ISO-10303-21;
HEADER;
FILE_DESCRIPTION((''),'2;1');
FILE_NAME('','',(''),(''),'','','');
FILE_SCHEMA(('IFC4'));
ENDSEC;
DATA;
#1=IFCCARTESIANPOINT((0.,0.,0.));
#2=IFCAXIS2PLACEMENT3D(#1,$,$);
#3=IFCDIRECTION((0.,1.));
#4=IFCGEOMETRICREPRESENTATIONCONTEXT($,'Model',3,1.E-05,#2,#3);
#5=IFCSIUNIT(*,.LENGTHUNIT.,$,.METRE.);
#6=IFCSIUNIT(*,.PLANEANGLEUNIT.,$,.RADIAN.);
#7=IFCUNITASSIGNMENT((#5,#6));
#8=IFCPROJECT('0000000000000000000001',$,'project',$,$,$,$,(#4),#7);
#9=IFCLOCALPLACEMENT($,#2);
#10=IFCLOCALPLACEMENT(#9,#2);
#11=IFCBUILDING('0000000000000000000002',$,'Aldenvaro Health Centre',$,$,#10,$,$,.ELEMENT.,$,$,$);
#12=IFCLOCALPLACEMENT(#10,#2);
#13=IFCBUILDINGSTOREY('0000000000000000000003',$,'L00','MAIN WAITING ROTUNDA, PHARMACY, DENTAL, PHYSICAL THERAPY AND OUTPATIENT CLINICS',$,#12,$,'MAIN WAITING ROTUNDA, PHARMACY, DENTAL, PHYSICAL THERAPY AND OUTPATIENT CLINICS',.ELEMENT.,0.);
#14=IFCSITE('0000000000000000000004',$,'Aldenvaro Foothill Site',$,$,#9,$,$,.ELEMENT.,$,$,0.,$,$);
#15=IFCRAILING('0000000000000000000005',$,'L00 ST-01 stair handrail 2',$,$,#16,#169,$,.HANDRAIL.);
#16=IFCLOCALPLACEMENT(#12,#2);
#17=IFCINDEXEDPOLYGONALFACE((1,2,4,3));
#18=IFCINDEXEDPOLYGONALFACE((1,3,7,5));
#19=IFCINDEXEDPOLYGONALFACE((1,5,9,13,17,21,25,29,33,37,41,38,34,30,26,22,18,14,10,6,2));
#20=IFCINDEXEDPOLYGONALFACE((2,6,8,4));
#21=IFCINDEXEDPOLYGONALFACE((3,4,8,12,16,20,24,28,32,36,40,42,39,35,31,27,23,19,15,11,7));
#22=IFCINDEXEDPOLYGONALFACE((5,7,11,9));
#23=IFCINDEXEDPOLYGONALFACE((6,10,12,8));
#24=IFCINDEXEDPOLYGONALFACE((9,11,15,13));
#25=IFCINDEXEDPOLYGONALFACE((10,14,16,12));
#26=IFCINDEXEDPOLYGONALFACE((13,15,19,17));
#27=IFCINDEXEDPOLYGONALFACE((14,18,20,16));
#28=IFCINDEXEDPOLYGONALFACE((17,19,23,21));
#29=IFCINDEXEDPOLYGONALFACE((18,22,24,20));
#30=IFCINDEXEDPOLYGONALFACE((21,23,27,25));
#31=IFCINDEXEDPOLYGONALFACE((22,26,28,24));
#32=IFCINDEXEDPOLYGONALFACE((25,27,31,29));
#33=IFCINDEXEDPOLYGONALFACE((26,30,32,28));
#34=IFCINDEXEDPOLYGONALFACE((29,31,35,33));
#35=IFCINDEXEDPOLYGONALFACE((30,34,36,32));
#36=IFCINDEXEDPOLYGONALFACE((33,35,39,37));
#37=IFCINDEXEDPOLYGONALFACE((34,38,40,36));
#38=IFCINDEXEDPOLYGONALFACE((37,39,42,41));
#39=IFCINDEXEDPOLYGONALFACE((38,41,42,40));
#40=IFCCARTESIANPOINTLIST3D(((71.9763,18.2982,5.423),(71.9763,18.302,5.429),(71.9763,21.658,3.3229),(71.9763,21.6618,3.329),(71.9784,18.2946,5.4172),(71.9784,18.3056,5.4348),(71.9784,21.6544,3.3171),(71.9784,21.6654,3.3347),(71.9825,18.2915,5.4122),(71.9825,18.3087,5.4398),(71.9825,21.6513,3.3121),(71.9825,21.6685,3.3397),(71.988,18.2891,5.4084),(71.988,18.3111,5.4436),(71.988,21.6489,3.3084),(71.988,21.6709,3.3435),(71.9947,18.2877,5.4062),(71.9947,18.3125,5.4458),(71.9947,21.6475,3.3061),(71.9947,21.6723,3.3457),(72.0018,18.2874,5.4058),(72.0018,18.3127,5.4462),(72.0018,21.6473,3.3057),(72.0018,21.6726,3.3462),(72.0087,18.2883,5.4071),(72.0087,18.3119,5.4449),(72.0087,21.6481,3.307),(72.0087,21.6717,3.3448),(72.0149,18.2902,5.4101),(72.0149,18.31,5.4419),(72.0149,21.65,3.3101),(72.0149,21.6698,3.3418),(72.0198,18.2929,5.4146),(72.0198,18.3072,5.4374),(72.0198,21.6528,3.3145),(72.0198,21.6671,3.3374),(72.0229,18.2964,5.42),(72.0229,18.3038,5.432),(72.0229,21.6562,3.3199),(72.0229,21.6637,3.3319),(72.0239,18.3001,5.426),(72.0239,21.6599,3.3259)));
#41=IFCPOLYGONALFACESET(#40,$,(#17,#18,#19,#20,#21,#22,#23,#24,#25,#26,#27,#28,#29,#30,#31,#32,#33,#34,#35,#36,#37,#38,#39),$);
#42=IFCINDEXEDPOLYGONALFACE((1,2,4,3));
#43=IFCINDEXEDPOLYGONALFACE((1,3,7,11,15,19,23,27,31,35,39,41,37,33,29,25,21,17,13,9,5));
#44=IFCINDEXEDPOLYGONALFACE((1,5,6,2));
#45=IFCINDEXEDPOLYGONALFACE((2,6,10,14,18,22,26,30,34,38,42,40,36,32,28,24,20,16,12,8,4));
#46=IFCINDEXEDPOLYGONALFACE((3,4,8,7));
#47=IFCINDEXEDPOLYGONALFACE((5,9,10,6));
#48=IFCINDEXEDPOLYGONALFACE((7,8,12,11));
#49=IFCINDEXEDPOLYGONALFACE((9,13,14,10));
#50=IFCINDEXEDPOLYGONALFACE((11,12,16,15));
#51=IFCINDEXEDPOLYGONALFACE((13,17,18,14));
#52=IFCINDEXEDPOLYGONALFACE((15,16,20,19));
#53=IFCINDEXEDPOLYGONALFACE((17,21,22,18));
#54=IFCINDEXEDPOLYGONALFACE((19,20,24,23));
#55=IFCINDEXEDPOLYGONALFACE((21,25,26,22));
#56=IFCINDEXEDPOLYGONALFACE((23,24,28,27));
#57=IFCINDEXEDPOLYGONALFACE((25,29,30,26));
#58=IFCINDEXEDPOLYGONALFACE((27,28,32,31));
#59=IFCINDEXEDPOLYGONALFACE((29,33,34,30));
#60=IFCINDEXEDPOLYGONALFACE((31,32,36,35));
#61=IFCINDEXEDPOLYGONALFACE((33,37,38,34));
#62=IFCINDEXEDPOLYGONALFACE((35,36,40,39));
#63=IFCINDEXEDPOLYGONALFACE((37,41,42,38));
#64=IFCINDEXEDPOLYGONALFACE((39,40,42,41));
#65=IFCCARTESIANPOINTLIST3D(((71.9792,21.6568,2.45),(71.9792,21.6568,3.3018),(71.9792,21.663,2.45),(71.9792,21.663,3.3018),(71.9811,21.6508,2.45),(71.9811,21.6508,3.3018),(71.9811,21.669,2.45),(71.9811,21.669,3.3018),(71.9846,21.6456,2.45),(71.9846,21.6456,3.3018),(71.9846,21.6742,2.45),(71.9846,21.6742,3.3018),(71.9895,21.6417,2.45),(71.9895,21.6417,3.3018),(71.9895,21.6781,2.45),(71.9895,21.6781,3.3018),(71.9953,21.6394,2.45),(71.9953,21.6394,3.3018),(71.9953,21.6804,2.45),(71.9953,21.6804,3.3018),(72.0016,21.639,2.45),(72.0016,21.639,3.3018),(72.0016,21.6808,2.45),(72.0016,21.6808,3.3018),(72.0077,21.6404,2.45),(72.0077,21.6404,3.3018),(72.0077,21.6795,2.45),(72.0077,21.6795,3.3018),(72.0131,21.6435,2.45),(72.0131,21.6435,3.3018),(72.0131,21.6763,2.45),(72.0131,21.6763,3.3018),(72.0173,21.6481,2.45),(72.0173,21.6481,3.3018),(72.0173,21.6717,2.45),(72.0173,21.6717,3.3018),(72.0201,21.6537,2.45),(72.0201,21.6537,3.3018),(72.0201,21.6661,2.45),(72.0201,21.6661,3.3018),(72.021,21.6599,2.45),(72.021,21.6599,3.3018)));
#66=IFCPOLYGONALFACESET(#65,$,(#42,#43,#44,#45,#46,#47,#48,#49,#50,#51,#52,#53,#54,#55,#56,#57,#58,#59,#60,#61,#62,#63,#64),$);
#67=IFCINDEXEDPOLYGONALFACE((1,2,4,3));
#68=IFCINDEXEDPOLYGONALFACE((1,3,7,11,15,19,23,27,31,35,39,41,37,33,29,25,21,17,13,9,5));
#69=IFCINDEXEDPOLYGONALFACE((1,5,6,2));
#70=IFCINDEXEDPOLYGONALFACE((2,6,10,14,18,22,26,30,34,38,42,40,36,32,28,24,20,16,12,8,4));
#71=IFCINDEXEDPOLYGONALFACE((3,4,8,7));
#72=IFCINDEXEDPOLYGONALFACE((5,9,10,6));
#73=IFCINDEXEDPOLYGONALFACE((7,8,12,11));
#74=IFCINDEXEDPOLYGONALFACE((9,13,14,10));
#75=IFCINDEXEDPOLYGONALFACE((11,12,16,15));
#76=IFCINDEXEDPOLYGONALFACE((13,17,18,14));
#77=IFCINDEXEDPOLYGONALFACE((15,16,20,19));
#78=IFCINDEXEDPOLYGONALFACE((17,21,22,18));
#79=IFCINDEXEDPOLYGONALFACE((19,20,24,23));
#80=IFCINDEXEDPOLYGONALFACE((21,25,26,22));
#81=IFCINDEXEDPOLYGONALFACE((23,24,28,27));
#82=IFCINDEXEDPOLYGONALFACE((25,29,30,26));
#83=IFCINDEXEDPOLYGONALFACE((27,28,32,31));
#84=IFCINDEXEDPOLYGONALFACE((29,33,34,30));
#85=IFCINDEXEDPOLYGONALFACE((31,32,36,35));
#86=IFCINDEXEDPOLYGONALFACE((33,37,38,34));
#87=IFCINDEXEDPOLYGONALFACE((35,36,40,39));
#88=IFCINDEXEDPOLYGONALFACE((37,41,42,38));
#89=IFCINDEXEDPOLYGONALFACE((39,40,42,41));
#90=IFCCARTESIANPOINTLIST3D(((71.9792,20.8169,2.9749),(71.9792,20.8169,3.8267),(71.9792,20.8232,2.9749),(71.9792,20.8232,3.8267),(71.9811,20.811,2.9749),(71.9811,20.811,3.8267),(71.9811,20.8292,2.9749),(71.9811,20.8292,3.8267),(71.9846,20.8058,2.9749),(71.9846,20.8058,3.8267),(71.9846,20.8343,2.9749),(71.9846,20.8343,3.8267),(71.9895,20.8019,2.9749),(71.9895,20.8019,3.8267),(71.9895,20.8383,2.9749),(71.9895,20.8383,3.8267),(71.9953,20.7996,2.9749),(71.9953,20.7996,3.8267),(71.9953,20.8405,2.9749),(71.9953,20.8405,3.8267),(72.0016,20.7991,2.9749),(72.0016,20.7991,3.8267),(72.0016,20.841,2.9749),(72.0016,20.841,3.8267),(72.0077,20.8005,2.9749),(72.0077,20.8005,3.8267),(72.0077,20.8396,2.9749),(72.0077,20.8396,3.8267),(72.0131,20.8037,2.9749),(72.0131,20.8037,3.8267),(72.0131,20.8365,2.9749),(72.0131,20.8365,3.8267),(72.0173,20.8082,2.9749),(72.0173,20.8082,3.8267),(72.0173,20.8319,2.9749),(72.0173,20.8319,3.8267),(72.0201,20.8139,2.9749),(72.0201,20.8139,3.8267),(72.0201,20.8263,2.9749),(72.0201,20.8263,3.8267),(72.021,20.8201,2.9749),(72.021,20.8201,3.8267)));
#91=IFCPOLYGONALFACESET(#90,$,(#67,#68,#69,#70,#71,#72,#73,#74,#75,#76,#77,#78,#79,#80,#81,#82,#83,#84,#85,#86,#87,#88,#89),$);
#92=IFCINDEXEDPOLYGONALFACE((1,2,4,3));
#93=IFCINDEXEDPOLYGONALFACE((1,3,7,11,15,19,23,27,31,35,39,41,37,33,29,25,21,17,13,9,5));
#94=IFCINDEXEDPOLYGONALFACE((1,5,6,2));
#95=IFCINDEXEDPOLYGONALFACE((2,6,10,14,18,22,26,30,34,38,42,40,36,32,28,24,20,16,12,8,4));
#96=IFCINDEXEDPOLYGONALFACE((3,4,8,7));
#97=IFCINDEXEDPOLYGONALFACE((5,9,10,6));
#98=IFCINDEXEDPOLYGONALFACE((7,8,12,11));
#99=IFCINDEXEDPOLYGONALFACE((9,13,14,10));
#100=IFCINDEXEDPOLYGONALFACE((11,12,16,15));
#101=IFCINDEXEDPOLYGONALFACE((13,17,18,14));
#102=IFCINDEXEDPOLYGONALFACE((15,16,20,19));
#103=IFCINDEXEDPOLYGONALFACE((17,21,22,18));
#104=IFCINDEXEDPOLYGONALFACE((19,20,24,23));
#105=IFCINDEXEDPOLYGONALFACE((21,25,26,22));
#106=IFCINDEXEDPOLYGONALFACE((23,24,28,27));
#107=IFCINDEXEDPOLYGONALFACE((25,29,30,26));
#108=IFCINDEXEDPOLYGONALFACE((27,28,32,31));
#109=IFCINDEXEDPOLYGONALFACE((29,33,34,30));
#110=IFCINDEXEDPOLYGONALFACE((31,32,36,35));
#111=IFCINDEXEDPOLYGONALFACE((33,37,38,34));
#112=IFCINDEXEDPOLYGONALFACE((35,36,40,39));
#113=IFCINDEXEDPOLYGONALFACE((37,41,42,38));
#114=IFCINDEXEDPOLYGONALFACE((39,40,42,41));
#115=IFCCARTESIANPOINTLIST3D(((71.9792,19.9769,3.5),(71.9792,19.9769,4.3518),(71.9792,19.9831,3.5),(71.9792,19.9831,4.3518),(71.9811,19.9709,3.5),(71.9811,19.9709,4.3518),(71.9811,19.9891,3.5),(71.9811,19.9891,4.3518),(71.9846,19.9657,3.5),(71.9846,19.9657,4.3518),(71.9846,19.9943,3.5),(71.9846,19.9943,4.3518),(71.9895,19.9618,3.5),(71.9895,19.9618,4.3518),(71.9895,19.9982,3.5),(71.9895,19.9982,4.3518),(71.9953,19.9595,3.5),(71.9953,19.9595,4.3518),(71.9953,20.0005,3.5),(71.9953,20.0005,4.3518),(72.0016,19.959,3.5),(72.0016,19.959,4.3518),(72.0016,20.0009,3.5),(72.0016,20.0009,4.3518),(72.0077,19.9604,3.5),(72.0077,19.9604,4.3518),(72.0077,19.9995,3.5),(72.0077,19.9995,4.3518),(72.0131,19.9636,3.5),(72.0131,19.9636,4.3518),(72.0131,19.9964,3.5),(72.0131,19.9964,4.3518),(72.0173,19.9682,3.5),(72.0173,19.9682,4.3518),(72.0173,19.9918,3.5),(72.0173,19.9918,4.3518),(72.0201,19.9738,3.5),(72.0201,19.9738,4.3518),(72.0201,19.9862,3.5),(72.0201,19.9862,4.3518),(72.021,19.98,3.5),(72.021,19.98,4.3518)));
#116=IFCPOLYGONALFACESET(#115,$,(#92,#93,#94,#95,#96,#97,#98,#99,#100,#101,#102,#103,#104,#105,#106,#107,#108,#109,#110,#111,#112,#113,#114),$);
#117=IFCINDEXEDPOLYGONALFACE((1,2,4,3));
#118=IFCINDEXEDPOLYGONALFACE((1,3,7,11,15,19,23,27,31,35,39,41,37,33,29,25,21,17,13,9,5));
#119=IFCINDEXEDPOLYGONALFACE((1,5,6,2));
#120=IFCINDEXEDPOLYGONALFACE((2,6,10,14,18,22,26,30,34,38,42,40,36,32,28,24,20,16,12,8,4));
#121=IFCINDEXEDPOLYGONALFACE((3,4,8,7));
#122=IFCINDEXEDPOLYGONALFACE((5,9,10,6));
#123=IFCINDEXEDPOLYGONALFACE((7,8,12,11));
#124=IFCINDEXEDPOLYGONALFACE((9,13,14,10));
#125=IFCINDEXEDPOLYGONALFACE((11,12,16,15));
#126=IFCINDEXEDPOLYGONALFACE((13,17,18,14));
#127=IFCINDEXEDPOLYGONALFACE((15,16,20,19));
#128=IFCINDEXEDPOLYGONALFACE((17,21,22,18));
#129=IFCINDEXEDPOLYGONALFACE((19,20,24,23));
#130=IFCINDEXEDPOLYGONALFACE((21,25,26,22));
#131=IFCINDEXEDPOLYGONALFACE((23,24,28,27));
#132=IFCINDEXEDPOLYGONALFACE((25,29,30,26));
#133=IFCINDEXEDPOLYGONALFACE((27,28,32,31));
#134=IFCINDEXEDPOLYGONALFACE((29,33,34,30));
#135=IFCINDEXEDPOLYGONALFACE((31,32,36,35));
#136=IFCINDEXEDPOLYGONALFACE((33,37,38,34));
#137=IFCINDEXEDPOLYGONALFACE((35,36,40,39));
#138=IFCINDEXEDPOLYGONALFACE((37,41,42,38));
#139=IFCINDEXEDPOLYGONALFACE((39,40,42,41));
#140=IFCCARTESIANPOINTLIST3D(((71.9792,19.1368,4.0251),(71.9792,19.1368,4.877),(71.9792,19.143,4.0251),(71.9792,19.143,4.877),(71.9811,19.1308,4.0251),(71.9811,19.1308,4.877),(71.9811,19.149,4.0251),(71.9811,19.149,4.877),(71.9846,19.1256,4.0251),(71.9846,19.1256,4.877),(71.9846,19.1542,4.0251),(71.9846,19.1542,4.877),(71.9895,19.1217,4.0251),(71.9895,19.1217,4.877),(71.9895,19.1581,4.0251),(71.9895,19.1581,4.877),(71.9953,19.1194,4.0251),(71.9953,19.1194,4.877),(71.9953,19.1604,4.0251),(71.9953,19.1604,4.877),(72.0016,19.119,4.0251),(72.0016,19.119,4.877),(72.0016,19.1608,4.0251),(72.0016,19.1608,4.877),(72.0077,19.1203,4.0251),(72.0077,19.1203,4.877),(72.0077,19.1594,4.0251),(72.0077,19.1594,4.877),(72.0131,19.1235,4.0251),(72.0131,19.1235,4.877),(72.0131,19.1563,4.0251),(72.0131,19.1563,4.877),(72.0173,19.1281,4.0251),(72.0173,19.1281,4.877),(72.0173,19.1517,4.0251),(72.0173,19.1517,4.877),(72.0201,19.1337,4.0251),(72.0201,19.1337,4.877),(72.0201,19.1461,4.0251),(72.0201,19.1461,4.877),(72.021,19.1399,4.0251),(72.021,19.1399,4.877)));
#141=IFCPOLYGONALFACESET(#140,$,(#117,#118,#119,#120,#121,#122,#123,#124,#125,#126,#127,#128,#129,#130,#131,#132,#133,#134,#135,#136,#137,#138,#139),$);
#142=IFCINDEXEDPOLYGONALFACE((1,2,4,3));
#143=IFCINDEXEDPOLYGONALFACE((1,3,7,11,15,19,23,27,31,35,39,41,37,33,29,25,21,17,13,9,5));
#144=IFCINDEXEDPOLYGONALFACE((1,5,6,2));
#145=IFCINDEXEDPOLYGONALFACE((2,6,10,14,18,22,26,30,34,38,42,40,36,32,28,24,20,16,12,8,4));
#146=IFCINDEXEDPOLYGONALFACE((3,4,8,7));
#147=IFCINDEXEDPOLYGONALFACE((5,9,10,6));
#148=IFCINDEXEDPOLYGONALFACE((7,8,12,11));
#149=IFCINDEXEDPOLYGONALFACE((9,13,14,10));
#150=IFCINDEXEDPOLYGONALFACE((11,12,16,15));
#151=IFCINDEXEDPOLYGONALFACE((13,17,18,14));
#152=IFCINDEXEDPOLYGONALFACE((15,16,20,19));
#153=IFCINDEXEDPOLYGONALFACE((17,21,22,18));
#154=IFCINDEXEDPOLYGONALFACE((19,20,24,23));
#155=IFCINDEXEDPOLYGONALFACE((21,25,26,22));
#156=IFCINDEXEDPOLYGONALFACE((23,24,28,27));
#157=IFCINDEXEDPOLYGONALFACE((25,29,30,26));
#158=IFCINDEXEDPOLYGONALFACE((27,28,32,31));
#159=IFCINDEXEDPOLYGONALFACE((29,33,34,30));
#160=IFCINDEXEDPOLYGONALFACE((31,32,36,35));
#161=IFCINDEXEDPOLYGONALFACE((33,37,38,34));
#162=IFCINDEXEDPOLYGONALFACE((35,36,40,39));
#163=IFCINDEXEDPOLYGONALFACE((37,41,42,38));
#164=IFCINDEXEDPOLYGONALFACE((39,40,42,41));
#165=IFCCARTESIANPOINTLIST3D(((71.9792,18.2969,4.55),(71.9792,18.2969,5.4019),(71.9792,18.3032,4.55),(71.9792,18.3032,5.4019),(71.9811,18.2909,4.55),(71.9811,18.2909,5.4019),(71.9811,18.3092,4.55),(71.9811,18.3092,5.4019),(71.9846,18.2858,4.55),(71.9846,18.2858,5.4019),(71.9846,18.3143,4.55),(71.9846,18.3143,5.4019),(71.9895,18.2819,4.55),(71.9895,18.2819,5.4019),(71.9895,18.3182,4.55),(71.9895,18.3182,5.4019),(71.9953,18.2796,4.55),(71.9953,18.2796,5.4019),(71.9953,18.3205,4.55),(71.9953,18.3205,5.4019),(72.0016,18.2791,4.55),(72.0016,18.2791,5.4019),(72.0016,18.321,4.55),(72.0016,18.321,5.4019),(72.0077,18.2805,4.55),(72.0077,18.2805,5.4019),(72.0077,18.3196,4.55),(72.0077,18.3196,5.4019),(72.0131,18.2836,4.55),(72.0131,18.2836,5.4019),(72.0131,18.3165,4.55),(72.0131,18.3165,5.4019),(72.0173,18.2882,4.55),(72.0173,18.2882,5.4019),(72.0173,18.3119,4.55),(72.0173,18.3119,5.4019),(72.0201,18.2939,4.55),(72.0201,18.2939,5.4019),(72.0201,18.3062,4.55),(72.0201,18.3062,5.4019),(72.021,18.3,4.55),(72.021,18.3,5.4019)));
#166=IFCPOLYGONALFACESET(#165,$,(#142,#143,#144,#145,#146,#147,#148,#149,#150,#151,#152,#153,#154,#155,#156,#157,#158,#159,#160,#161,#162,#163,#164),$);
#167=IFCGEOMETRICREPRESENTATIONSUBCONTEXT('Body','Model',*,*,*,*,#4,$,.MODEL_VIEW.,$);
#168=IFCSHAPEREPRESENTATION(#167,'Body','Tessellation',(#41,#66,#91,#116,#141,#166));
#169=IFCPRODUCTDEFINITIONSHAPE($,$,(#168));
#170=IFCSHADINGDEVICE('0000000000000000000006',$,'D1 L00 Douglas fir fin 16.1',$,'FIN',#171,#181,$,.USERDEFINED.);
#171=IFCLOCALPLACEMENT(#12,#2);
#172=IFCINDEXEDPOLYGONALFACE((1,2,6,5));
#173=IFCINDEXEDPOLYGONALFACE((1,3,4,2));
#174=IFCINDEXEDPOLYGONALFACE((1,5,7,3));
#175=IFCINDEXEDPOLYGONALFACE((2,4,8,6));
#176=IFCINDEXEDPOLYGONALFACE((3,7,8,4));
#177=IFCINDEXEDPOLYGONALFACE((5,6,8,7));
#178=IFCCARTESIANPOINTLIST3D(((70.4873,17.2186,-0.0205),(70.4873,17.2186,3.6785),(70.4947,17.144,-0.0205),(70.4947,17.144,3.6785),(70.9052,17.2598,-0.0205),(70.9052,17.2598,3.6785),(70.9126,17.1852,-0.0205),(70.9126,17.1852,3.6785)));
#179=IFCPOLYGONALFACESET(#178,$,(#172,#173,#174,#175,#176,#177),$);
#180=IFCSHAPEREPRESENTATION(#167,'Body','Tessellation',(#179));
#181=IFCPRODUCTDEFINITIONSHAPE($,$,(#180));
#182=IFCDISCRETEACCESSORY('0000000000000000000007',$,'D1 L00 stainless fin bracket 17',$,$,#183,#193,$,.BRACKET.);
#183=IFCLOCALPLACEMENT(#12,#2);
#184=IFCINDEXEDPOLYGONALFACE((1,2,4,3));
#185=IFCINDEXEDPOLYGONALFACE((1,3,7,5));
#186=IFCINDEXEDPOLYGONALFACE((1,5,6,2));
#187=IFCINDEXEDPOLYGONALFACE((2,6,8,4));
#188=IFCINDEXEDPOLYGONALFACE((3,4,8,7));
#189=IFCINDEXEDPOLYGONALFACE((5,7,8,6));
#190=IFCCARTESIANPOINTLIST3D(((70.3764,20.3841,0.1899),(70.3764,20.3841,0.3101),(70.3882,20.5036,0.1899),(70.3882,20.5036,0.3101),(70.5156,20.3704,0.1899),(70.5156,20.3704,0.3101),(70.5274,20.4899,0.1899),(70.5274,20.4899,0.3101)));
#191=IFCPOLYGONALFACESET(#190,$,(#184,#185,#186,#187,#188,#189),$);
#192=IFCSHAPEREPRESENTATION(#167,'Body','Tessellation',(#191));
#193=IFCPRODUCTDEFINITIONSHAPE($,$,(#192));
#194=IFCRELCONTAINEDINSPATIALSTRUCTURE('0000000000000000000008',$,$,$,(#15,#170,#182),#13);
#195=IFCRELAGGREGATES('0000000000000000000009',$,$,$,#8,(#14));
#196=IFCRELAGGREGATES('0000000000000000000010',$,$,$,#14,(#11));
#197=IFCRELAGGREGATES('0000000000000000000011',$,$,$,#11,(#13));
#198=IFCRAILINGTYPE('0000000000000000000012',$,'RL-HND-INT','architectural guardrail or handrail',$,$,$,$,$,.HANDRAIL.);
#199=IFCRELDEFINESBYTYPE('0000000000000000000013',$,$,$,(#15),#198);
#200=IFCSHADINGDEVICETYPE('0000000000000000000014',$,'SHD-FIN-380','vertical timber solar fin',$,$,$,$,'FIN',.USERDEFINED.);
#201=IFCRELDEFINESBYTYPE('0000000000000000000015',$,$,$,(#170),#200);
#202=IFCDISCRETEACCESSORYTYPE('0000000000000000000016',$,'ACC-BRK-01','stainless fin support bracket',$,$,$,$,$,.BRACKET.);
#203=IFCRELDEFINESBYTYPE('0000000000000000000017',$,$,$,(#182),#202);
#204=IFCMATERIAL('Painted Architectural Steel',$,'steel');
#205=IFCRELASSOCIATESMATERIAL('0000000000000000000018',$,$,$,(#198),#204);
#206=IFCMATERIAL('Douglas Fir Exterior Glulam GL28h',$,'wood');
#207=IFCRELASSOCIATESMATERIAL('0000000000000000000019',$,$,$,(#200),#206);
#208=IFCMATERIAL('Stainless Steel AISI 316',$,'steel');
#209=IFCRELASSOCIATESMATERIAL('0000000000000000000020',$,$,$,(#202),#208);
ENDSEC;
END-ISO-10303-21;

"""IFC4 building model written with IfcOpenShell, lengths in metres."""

from ifc_helpers import new_model, si_unit, direction, frame, origin, origin_2d, place, context, subcontext, project, spatial, rectangle, circle, extrude, material, type_object, element, save


model = new_model("IFC4")

# Units and contexts
model_context = context("Model", 3, precision=1e-05, world=origin(), true_north=direction((0.0, 1.0)))
body_context = subcontext(model_context, "Body", "Model", "MODEL_VIEW")
ifc_project = project(units=[si_unit("LENGTHUNIT", "METRE"), si_unit("PLANEANGLEUNIT", "RADIAN")], contexts=[model_context])

# Site, building, storey
site_placement = place(None, origin())
site = spatial("IfcSite", under=ifc_project, at=site_placement, Name="Aldenvaro Foothill Site", CompositionType="ELEMENT", RefElevation=0.0)
building_placement = place(site_placement, origin())
building = spatial("IfcBuilding", under=site, at=building_placement, Name="Aldenvaro Health Centre", CompositionType="ELEMENT")
storey_placement = place(building_placement, origin())
storey = spatial("IfcBuildingStorey", under=building, at=storey_placement, Name="L00", Description="MAIN WAITING ROTUNDA, PHARMACY, DENTAL, PHYSICAL THERAPY AND OUTPATIENT CLINICS", LongName="MAIN WAITING ROTUNDA, PHARMACY, DENTAL, PHYSICAL THERAPY AND OUTPATIENT CLINICS", CompositionType="ELEMENT", Elevation=0.0)

# Railing
ifc_material_1 = material(Name="Painted Architectural Steel", Category="steel")
railing_type_1 = type_object("IfcRailingType", Name="RL-HND-INT", Description="architectural guardrail or handrail", PredefinedType="HANDRAIL", material=ifc_material_1)
railing_1_placement = place(storey_placement, frame((72.0, 21.6599, 2.45)))
element("IfcRailing", 1, at=railing_1_placement, inside=storey, type_object=railing_type_1, Name="L00 ST-01 stair handrail 2", PredefinedType="HANDRAIL", context=body_context, shape_type="SweptSolid", body=[
    extrude(circle(Radius=0.0239, at=origin_2d()), frame((0.0, 0.0, 0.876), z_axis=(0.0, -0.847978, 0.530032), x_axis=(1.0, 0.0, 0.0)), (0.0, 0.0, 1.0), 3.9622),
    extrude(circle(Radius=0.021, at=origin_2d()), origin(), (0.0, 0.0, 1.0), 0.8518),
    extrude(circle(Radius=0.021, at=origin_2d()), frame((0.0, -0.8398, 0.5249)), (0.0, 0.0, 1.0), 0.8518),
    extrude(circle(Radius=0.021, at=origin_2d()), frame((0.0, -1.6799, 1.05)), (0.0, 0.0, 1.0), 0.8518),
    extrude(circle(Radius=0.021, at=origin_2d()), frame((0.0, -2.52, 1.5752)), (0.0, 0.0, 1.0), 0.8518),
    extrude(circle(Radius=0.021, at=origin_2d()), frame((0.0, -3.3599, 2.1001)), (0.0, 0.0, 1.0), 0.8518),
])

# Shading device
ifc_material_2 = material(Name="Douglas Fir Exterior Glulam GL28h", Category="wood")
shading_device_type = type_object("IfcShadingDeviceType", Name="SHD-FIN-380", Description="vertical timber solar fin", ElementType="FIN", PredefinedType="USERDEFINED", material=ifc_material_2)
shading_device_placement = place(storey_placement, frame((70.7, 17.2019, -0.0205), z_axis=(0.0, 0.0, 1.0), x_axis=(-0.097994, 0.995187, 0.0)))
element("IfcShadingDevice", 2, at=shading_device_placement, inside=storey, type_object=shading_device_type, Name="D1 L00 Douglas fir fin 16.1", ObjectType="FIN", PredefinedType="USERDEFINED", context=body_context, shape_type="SweptSolid", body=[
    extrude(rectangle(XDim=0.075, YDim=0.4199, at=origin_2d()), origin(), (0.0, 0.0, 1.0), 3.699),
])

# Discrete accessory
ifc_material_3 = material(Name="Stainless Steel AISI 316", Category="steel")
discrete_accessory_type = type_object("IfcDiscreteAccessoryType", Name="ACC-BRK-01", Description="stainless fin support bracket", PredefinedType="BRACKET", material=ifc_material_3)
discrete_accessory_placement = place(storey_placement, frame((70.4519, 20.437, 0.1899), z_axis=(0.0, 0.0, 1.0), x_axis=(0.097994, 0.995187, 0.0)))
element("IfcDiscreteAccessory", 3, at=discrete_accessory_placement, inside=storey, type_object=discrete_accessory_type, Name="D1 L00 stainless fin bracket 17", PredefinedType="BRACKET", context=body_context, shape_type="SweptSolid", body=[
    extrude(rectangle(XDim=0.1201, YDim=0.1399, at=origin_2d()), origin(), (0.0, 0.0, 1.0), 0.1201),
])

save(model, "model.ifc")
